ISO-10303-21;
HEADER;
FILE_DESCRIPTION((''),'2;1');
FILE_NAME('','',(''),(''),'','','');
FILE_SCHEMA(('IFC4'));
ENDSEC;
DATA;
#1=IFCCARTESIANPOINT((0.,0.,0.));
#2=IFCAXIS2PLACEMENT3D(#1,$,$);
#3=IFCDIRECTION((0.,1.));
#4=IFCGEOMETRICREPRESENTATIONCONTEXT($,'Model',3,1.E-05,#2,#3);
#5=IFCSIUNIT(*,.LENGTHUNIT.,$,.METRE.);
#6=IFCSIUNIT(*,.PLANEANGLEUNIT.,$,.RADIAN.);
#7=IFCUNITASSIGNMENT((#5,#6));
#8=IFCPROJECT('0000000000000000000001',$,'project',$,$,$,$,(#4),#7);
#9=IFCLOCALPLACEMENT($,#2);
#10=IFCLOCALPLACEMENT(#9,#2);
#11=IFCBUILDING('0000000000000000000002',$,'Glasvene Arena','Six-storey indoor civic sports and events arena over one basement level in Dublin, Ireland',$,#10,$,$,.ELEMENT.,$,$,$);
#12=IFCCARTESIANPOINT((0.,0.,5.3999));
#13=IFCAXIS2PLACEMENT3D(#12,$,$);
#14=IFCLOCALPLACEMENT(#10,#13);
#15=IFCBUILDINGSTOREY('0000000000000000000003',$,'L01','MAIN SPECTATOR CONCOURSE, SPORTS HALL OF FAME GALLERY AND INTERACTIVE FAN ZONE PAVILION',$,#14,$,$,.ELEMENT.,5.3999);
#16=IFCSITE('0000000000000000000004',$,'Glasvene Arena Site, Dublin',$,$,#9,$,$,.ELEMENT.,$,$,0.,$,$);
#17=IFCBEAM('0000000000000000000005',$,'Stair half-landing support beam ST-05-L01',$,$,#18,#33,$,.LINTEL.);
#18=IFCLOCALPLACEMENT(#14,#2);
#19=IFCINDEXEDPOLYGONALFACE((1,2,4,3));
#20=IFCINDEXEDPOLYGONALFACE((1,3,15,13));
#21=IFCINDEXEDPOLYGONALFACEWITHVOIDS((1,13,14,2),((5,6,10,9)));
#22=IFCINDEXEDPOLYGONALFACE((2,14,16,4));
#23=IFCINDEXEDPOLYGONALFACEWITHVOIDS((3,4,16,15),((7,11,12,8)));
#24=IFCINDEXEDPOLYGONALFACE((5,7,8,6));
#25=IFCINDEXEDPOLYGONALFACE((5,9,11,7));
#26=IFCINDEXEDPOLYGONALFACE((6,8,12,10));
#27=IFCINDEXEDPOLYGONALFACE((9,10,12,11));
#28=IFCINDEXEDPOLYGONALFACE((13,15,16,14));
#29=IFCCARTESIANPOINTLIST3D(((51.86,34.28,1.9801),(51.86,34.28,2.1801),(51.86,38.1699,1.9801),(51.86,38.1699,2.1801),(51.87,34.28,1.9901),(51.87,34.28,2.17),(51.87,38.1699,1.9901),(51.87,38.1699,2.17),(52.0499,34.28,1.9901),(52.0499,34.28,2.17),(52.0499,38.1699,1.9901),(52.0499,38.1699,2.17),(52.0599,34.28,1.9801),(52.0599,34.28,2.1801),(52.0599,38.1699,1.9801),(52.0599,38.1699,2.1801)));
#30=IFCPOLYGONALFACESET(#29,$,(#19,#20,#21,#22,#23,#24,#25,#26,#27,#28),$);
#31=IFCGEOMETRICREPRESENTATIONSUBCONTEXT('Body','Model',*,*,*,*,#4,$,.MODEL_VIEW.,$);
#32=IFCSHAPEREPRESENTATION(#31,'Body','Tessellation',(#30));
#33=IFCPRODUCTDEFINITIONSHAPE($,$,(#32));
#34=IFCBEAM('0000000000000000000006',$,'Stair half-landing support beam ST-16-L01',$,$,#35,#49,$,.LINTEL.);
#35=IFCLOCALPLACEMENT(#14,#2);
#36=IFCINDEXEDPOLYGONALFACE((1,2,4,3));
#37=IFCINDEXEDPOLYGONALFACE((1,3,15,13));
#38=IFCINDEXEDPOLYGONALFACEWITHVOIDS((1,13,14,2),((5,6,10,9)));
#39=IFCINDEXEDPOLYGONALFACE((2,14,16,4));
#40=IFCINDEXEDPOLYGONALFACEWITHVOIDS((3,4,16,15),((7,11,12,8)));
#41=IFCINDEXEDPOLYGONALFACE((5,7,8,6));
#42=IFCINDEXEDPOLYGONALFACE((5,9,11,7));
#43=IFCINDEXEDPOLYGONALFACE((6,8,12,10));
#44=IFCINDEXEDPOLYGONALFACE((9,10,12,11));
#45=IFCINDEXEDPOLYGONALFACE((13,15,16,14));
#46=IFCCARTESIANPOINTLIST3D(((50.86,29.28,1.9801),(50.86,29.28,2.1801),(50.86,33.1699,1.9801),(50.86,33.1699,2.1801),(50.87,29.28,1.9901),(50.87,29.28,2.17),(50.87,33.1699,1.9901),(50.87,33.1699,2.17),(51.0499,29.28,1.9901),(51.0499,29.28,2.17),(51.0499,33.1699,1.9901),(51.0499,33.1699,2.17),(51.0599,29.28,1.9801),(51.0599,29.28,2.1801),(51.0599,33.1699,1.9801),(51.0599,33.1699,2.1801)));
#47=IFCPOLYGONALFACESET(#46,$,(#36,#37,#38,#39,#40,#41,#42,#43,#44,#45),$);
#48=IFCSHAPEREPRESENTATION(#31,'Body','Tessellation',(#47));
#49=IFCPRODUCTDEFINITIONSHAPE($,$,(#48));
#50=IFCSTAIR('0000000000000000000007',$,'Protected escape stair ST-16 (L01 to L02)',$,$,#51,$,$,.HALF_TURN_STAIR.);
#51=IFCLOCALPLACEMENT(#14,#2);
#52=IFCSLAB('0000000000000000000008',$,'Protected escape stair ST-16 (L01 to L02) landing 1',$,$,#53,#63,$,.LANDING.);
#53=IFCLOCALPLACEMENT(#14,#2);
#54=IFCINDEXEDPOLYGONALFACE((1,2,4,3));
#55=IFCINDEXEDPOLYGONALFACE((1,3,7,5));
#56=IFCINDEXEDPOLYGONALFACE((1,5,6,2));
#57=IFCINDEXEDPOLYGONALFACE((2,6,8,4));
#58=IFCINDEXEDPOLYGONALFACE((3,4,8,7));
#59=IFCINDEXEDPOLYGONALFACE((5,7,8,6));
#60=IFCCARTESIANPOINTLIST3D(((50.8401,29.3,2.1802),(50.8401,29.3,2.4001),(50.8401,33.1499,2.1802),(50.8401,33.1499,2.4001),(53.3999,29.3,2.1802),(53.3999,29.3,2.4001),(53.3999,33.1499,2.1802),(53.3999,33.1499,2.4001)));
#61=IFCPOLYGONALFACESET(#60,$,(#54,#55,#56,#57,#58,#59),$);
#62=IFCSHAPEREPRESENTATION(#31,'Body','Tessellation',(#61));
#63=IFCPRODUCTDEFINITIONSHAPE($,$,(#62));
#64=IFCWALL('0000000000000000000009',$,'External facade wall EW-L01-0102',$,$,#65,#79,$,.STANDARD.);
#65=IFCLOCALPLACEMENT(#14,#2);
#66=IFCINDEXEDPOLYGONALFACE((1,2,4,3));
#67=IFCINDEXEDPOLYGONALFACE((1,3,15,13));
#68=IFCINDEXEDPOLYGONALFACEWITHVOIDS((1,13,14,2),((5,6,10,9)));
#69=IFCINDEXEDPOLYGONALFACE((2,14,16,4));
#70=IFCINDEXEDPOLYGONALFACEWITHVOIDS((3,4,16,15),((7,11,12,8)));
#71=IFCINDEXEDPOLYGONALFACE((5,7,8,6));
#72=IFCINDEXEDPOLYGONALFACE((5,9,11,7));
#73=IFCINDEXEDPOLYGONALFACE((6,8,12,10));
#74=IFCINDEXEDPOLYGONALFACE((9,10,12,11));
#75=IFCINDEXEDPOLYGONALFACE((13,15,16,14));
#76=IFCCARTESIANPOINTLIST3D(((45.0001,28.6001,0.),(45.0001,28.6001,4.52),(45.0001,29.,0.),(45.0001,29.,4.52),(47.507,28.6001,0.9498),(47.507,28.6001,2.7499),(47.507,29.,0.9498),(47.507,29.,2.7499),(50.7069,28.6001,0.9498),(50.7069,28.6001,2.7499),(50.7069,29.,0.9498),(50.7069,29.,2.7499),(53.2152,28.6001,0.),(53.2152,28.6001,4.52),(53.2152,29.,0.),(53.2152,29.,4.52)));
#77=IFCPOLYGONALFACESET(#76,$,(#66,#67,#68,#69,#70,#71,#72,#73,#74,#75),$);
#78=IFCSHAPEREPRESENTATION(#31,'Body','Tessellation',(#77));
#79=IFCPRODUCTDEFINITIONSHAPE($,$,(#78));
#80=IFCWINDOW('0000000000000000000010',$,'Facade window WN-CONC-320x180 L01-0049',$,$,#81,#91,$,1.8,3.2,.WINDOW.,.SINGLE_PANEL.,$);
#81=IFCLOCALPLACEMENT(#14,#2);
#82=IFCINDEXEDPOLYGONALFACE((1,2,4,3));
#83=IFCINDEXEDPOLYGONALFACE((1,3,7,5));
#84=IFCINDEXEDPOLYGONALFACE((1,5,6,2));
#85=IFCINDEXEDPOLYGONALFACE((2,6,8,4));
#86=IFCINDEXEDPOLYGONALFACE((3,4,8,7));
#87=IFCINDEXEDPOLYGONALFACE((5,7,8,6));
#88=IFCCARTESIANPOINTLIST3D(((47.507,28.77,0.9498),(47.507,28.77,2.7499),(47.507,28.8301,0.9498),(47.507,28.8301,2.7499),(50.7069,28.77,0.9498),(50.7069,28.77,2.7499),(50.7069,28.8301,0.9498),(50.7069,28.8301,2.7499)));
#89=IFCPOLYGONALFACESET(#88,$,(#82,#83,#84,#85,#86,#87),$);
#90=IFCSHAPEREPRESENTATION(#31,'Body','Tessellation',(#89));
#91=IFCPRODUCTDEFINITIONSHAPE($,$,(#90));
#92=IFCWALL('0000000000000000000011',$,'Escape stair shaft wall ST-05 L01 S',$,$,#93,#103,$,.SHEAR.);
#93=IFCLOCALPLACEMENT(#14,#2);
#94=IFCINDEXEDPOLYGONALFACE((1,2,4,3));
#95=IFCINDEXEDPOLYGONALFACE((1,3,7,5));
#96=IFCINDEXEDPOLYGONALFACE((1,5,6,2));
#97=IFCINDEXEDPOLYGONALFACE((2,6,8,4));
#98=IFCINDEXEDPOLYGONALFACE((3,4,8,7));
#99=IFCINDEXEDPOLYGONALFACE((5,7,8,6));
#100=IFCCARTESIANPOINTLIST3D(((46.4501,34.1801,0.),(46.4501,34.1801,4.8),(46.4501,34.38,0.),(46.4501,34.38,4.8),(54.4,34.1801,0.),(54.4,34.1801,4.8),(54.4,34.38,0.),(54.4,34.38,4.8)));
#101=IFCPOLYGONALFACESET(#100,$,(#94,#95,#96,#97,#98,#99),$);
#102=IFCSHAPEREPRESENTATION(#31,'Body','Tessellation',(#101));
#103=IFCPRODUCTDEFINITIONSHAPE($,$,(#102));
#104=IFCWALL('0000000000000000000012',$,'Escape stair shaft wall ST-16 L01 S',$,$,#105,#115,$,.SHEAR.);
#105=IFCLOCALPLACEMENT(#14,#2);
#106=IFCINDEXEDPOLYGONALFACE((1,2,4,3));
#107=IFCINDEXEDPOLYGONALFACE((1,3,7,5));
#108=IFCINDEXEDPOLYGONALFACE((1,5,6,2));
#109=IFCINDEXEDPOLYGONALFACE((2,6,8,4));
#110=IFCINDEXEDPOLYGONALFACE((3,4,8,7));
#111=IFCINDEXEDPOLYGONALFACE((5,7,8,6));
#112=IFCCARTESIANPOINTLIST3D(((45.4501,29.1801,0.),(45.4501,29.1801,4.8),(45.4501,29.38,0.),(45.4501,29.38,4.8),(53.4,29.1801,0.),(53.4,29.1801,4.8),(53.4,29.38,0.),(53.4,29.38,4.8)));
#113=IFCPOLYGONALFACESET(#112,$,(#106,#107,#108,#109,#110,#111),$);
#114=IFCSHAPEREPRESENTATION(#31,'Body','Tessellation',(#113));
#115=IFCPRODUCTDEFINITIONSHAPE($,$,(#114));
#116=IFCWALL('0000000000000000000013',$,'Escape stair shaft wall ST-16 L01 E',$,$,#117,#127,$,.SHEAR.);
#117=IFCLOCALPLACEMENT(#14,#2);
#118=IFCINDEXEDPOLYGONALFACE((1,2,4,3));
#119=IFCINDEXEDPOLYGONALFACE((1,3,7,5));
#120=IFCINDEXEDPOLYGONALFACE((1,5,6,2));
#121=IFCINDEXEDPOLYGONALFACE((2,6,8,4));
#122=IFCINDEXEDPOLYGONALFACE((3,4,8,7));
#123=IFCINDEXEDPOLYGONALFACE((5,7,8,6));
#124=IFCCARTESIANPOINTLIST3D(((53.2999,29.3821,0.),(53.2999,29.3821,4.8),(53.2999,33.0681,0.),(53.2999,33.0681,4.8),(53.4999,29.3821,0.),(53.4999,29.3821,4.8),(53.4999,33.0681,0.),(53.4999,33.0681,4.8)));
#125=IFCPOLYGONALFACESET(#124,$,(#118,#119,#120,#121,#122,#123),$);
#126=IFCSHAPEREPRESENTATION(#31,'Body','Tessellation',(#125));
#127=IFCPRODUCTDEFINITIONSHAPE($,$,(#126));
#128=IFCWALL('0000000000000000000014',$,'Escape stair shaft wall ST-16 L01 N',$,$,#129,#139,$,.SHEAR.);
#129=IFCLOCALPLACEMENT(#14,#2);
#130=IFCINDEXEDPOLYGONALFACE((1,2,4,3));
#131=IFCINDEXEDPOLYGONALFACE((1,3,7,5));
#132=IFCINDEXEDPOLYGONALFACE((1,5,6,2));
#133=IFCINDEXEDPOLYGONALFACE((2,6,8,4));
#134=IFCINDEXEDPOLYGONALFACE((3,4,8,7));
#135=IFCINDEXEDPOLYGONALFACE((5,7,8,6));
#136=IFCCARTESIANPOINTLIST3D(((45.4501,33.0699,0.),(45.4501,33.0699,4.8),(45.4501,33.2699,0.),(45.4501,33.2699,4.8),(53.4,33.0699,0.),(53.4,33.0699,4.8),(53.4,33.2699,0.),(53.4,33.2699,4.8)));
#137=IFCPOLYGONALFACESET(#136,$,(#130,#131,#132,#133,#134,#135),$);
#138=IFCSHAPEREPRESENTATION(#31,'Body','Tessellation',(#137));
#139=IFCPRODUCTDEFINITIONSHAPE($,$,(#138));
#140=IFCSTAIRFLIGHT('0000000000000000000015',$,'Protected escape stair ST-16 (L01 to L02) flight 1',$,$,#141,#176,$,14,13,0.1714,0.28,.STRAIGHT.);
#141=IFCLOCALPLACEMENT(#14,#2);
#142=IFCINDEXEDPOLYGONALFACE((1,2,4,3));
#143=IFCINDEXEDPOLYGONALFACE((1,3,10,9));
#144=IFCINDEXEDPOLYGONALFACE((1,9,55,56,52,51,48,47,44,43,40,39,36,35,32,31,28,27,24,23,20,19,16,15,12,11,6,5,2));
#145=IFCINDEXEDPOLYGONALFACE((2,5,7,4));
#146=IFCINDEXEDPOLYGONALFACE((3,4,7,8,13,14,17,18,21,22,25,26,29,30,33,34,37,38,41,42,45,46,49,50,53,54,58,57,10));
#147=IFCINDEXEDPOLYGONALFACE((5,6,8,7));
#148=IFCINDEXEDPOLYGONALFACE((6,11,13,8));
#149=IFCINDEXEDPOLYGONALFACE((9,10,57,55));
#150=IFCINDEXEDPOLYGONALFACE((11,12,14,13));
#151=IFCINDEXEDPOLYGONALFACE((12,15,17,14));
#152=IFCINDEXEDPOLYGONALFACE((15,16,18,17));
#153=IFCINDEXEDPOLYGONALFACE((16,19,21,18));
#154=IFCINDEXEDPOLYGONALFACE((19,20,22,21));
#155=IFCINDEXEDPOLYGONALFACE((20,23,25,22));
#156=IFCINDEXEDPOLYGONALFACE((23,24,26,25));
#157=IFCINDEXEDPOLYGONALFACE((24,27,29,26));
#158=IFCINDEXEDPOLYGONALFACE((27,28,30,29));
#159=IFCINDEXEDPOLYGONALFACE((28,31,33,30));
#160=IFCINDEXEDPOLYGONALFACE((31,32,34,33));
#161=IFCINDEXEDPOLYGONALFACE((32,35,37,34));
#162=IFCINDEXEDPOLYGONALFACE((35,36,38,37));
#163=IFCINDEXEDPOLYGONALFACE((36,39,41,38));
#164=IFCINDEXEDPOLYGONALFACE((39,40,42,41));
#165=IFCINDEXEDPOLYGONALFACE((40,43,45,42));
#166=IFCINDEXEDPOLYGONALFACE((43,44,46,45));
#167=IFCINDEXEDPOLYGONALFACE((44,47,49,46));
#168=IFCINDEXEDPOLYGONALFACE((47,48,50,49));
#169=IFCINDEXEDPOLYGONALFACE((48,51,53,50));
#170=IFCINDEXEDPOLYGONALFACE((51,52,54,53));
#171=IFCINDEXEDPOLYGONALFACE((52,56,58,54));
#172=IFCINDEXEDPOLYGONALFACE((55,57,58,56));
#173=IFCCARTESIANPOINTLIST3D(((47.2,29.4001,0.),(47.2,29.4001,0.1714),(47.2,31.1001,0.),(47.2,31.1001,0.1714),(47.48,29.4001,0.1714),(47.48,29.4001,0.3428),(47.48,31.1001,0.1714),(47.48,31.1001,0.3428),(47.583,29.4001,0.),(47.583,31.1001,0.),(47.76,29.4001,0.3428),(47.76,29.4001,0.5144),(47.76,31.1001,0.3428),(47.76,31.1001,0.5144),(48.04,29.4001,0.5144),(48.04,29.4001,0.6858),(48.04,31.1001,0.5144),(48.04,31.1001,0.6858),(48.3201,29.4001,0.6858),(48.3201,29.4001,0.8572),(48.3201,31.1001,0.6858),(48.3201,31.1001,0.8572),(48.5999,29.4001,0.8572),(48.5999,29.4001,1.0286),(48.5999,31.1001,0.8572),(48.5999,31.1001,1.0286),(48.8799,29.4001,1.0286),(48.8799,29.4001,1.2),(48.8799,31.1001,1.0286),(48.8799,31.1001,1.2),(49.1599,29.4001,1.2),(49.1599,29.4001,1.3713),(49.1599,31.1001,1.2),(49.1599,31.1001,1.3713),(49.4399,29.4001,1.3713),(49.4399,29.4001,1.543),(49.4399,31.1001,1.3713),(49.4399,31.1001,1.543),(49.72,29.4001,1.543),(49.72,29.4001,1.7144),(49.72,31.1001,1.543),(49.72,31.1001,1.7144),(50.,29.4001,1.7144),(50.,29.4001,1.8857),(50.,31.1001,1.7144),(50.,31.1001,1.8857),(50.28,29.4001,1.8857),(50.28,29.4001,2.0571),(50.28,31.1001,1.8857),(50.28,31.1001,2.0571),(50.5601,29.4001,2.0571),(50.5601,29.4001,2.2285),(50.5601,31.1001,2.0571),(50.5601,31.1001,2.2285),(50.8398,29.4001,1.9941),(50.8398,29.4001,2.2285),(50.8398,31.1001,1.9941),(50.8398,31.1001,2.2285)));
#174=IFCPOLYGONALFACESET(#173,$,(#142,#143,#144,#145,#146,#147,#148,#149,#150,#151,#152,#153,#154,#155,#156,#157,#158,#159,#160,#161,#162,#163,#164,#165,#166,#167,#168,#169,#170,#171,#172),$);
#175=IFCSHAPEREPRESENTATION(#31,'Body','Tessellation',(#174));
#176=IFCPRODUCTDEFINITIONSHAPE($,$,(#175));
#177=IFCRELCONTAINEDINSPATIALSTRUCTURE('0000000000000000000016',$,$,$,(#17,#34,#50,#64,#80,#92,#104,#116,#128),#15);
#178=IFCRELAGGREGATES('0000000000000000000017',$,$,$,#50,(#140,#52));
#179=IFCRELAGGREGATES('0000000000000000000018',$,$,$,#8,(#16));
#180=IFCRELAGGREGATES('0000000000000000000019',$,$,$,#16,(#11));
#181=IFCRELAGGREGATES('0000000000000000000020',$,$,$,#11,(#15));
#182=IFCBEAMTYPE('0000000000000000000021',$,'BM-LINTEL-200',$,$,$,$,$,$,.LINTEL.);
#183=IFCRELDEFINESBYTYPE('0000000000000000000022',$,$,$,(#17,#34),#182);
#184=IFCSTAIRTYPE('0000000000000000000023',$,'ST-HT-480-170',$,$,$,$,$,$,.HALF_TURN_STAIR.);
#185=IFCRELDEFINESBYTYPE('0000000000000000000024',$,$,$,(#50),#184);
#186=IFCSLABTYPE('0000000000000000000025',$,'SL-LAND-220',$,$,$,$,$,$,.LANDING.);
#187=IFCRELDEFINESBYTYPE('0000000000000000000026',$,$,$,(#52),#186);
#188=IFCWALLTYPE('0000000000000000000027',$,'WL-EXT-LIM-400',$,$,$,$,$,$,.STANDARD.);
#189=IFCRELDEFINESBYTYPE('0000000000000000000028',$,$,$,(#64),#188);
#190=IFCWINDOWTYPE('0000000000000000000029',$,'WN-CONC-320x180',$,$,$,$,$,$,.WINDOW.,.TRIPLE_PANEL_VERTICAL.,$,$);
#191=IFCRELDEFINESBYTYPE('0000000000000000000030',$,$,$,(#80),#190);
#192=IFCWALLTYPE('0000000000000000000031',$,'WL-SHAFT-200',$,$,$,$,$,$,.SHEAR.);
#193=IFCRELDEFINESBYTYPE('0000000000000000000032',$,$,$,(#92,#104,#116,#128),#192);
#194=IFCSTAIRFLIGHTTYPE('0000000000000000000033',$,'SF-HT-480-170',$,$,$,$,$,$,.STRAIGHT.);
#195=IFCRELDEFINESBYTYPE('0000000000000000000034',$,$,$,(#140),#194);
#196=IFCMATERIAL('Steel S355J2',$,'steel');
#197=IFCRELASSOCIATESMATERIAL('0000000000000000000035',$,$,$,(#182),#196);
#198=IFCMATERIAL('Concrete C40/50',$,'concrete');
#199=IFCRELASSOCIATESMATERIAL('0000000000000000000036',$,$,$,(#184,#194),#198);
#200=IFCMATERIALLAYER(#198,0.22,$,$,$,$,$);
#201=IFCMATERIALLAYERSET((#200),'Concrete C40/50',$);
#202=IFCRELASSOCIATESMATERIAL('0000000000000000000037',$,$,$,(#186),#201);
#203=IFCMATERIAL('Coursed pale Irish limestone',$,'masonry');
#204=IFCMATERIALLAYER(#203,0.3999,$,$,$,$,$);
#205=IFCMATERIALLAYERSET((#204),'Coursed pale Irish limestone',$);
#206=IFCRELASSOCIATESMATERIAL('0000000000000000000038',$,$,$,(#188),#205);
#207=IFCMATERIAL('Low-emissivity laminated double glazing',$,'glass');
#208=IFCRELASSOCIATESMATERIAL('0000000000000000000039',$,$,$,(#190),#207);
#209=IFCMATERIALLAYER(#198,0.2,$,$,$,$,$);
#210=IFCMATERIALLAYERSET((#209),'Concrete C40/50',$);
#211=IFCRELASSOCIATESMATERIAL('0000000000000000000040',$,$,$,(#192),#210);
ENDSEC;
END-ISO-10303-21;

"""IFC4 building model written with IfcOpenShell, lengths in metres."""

from ifc_helpers import new_model, si_unit, direction, frame, frame_2d, origin, origin_2d, place, context, subcontext, project, spatial, polyline, rectangle, hollow_rectangle, outline, extrude, material, layer, layer_set, material_profile, profile_set, type_object, element, fill, aggregate, save


model = new_model("IFC4")

# Units and contexts
model_context = context("Model", 3, precision=1e-05, world=origin(), true_north=direction((0.0, 1.0)))
body_context = subcontext(model_context, "Body", "Model", "MODEL_VIEW")
ifc_project = project(units=[si_unit("LENGTHUNIT", "METRE"), si_unit("PLANEANGLEUNIT", "RADIAN")], contexts=[model_context])

# Site, building, storey
site_placement = place(None, origin())
site = spatial("IfcSite", under=ifc_project, at=site_placement, Name="Glasvene Arena Site, Dublin", CompositionType="ELEMENT", RefElevation=0.0)
building_placement = place(site_placement, origin())
building = spatial("IfcBuilding", under=site, at=building_placement, Name="Glasvene Arena", Description="Six-storey indoor civic sports and events arena over one basement level in Dublin, Ireland", CompositionType="ELEMENT")
storey_placement = place(building_placement, frame((0.0, 0.0, 5.3999)))
storey = spatial("IfcBuildingStorey", under=building, at=storey_placement, Name="L01", Description="MAIN SPECTATOR CONCOURSE, SPORTS HALL OF FAME GALLERY AND INTERACTIVE FAN ZONE PAVILION", CompositionType="ELEMENT", Elevation=5.3999)

# Beams
ifc_material_1 = material(Name="Steel S355J2", Category="steel")
ifc_material_profile = material_profile(ifc_material_1, hollow_rectangle(XDim=0.2, YDim=0.2, WallThickness=0.01, at=origin_2d()), Name="SHS 200x200x10.0")
ifc_profile_set = profile_set([ifc_material_profile], Name="Steel S355J2")
beam_type = type_object("IfcBeamType", Name="BM-LINTEL-200", PredefinedType="LINTEL", material=ifc_profile_set)
for number, where, z_axis, x_axis, name in (
    (1, (51.96, 34.28, 2.0801), (0.0, 1.0, 0.0), (-1.0, 0.0, 0.0), "Stair half-landing support beam ST-05-L01"),
    (2, (50.96, 29.28, 2.0801), (0.0, 1.0, 0.0), (-1.0, 0.0, 0.0), "Stair half-landing support beam ST-16-L01"),
):
    element("IfcBeam", number, at=place(storey_placement, frame(where, z_axis=z_axis, x_axis=x_axis)), inside=storey, type_object=beam_type, Name=name, PredefinedType="LINTEL", context=body_context, shape_type="SweptSolid", body=[
        extrude(hollow_rectangle(XDim=0.2, YDim=0.2, WallThickness=0.01, at=origin_2d()), origin(), (0.0, 0.0, 1.0), 3.8899),
    ])

# Stair, slab
ifc_material_2 = material(Name="Concrete C40/50", Category="concrete")
stair_type = type_object("IfcStairType", Name="ST-HT-480-170", PredefinedType="HALF_TURN_STAIR", material=ifc_material_2)
stair_placement = place(storey_placement, origin())
stair = element("IfcStair", 3, at=stair_placement, inside=storey, type_object=stair_type, Name="Protected escape stair ST-16 (L01 to L02)", PredefinedType="HALF_TURN_STAIR")
ifc_layer_1 = layer(ifc_material_2, 0.22)
ifc_layer_set_1 = layer_set([ifc_layer_1], Name="Concrete C40/50")
slab_type = type_object("IfcSlabType", Name="SL-LAND-220", PredefinedType="LANDING", material=ifc_layer_set_1)
slab_placement = place(storey_placement, frame((52.1201, 31.2251, 2.1802)))
slab = element("IfcSlab", 4, at=slab_placement, type_object=slab_type, Name="Protected escape stair ST-16 (L01 to L02) landing 1", PredefinedType="LANDING", context=body_context, shape_type="SweptSolid", body=[
    extrude(outline(polyline([(-1.28, -1.925), (1.2798, -1.925), (1.2798, 1.9248), (-1.28, 1.9248), (-1.28, -1.925)])), origin(), (0.0, 0.0, 1.0), 0.22),
])

# Wall, opening, window
ifc_material_3 = material(Name="Coursed pale Irish limestone", Category="masonry")
ifc_layer_2 = layer(ifc_material_3, 0.3999)
ifc_layer_set_2 = layer_set([ifc_layer_2], Name="Coursed pale Irish limestone")
wall_type_1 = type_object("IfcWallType", Name="WL-EXT-LIM-400", PredefinedType="STANDARD", material=ifc_layer_set_2)
wall_1_placement = place(storey_placement, frame((53.2151, 28.8, 0.0), z_axis=(0.0, 0.0, 1.0), x_axis=(-1.0, 0.0, 0.0)))
wall_1 = element("IfcWall", 5, at=wall_1_placement, inside=storey, type_object=wall_type_1, Name="External facade wall EW-L01-0102", PredefinedType="STANDARD", context=body_context, shape_type="SweptSolid", body=[
    extrude(rectangle(XDim=8.2151, YDim=0.3999, at=frame_2d((4.1074, 0.0))), origin(), (0.0, 0.0, 1.0), 4.52),
])
opening_1_placement = place(wall_1_placement, frame((2.5081, 0.0, 0.95)))
opening_1 = element("IfcOpeningElement", 6, at=opening_1_placement, cuts=wall_1, PredefinedType="OPENING", context=body_context, shape_type="SweptSolid", body=[
    extrude(rectangle(XDim=3.2, YDim=1.8, at=frame_2d((1.6001, 0.8999))), frame((0.0, 0.21, 0.0), z_axis=(0.0, -1.0, 0.0), x_axis=(1.0, 0.0, 0.0)), (0.0, 0.0, 1.0), 0.4199),
])
ifc_material_4 = material(Name="Low-emissivity laminated double glazing", Category="glass")
window_type = type_object("IfcWindowType", Name="WN-CONC-320x180", PartitioningType="TRIPLE_PANEL_VERTICAL", PredefinedType="WINDOW", material=ifc_material_4)
window_placement = place(opening_1_placement, origin())
window = element("IfcWindow", 7, at=window_placement, inside=storey, type_object=window_type, Name="Facade window WN-CONC-320x180 L01-0049", OverallHeight=1.8, OverallWidth=3.2, PartitioningType="SINGLE_PANEL", PredefinedType="WINDOW", context=body_context, shape_type="SweptSolid", body=[
    extrude(rectangle(XDim=3.2, YDim=1.8, at=frame_2d((1.6001, 0.8999))), frame((0.0, 0.03, 0.0), z_axis=(0.0, -1.0, 0.0), x_axis=(1.0, 0.0, 0.0)), (0.0, 0.0, 1.0), 0.0601),
])
fill(opening_1, window)

# Wall
ifc_layer_3 = layer(ifc_material_2, 0.2)
ifc_layer_set_3 = layer_set([ifc_layer_3], Name="Concrete C40/50")
wall_type_2 = type_object("IfcWallType", Name="WL-SHAFT-200", PredefinedType="SHEAR", material=ifc_layer_set_3)
wall_2_placement = place(storey_placement, frame((46.45, 34.28, 0.0), z_axis=(0.0, 0.0, 1.0), x_axis=(1.0, 0.0, 0.0)))
element("IfcWall", 8, at=wall_2_placement, inside=storey, type_object=wall_type_2, Name="Escape stair shaft wall ST-05 L01 S", PredefinedType="SHEAR", context=body_context, shape_type="SweptSolid", body=[
    extrude(rectangle(XDim=7.95, YDim=0.2, at=frame_2d((3.9751, 0.0))), origin(), (0.0, 0.0, 1.0), 4.8),
])

# Wall
wall_3_placement = place(storey_placement, frame((45.45, 29.28, 0.0), z_axis=(0.0, 0.0, 1.0), x_axis=(1.0, 0.0, 0.0)))
element("IfcWall", 9, at=wall_3_placement, inside=storey, type_object=wall_type_2, Name="Escape stair shaft wall ST-16 L01 S", PredefinedType="SHEAR", context=body_context, shape_type="SweptSolid", body=[
    extrude(rectangle(XDim=7.95, YDim=0.2, at=frame_2d((3.9751, 0.0))), origin(), (0.0, 0.0, 1.0), 4.8),
])

# Walls
wall_4_placement = place(storey_placement, frame((53.3999, 29.3821, 0.0), z_axis=(0.0, 0.0, 1.0), x_axis=(0.0, 1.0, 0.0)))
element("IfcWall", 10, at=wall_4_placement, inside=storey, type_object=wall_type_2, Name="Escape stair shaft wall ST-16 L01 E", PredefinedType="SHEAR", context=body_context, shape_type="SweptSolid", body=[
    extrude(rectangle(XDim=3.686, YDim=0.2, at=frame_2d((1.843, 0.0))), origin(), (0.0, 0.0, 1.0), 4.8),
])
wall_5_placement = place(storey_placement, frame((45.45, 33.1699, 0.0), z_axis=(0.0, 0.0, 1.0), x_axis=(1.0, 0.0, 0.0)))
element("IfcWall", 11, at=wall_5_placement, inside=storey, type_object=wall_type_2, Name="Escape stair shaft wall ST-16 L01 N", PredefinedType="SHEAR", context=body_context, shape_type="SweptSolid", body=[
    extrude(rectangle(XDim=7.95, YDim=0.2, at=frame_2d((3.9751, 0.0))), origin(), (0.0, 0.0, 1.0), 4.8),
])

# Stair flight
stair_flight_type = type_object("IfcStairFlightType", Name="SF-HT-480-170", PredefinedType="STRAIGHT", material=ifc_material_2)
stair_flight_1_placement = place(storey_placement, frame((47.2, 30.25, 0.0), z_axis=(0.0, 0.0, 1.0), x_axis=(1.0, 0.0, 0.0)))
stair_flight_1 = element("IfcStairFlight", 12, at=stair_flight_1_placement, type_object=stair_flight_type, Name="Protected escape stair ST-16 (L01 to L02) flight 1", NumberOfRisers=14, NumberOfTreads=13, PredefinedType="STRAIGHT", RiserHeight=0.1714, TreadLength=0.28, context=body_context, shape_type="SweptSolid", body=[
    extrude(outline(polyline([(0.0, 0.0), (0.0, 0.1714), (0.28, 0.1714), (0.28, 0.3428), (0.5601, 0.3428), (0.5601, 0.5144), (0.8401, 0.5144), (0.8401, 0.6858), (1.1201, 0.6858), (1.1201, 0.8572), (1.3999, 0.8572), (1.3999, 1.0286), (1.6799, 1.0286), (1.6799, 1.2), (1.96, 1.2), (1.96, 1.3713), (2.24, 1.3713), (2.24, 1.543), (2.52, 1.543), (2.52, 1.7144), (2.8, 1.7144), (2.8, 1.8857), (3.0801, 1.8857), (3.0801, 2.0571), (3.3601, 2.0571), (3.3601, 2.2285), (3.6399, 2.2285), (3.6399, 2.3999), (3.6399, 1.9941), (0.3831, 0.0), (0.0, 0.0)])), frame((0.0, 0.8501, 0.0), z_axis=(0.0, -1.0, 0.0), x_axis=(1.0, 0.0, 0.0)), (0.0, 0.0, 1.0), 1.7),
])
aggregate(stair, [stair_flight_1, slab])

save(model, "model.ifc")
